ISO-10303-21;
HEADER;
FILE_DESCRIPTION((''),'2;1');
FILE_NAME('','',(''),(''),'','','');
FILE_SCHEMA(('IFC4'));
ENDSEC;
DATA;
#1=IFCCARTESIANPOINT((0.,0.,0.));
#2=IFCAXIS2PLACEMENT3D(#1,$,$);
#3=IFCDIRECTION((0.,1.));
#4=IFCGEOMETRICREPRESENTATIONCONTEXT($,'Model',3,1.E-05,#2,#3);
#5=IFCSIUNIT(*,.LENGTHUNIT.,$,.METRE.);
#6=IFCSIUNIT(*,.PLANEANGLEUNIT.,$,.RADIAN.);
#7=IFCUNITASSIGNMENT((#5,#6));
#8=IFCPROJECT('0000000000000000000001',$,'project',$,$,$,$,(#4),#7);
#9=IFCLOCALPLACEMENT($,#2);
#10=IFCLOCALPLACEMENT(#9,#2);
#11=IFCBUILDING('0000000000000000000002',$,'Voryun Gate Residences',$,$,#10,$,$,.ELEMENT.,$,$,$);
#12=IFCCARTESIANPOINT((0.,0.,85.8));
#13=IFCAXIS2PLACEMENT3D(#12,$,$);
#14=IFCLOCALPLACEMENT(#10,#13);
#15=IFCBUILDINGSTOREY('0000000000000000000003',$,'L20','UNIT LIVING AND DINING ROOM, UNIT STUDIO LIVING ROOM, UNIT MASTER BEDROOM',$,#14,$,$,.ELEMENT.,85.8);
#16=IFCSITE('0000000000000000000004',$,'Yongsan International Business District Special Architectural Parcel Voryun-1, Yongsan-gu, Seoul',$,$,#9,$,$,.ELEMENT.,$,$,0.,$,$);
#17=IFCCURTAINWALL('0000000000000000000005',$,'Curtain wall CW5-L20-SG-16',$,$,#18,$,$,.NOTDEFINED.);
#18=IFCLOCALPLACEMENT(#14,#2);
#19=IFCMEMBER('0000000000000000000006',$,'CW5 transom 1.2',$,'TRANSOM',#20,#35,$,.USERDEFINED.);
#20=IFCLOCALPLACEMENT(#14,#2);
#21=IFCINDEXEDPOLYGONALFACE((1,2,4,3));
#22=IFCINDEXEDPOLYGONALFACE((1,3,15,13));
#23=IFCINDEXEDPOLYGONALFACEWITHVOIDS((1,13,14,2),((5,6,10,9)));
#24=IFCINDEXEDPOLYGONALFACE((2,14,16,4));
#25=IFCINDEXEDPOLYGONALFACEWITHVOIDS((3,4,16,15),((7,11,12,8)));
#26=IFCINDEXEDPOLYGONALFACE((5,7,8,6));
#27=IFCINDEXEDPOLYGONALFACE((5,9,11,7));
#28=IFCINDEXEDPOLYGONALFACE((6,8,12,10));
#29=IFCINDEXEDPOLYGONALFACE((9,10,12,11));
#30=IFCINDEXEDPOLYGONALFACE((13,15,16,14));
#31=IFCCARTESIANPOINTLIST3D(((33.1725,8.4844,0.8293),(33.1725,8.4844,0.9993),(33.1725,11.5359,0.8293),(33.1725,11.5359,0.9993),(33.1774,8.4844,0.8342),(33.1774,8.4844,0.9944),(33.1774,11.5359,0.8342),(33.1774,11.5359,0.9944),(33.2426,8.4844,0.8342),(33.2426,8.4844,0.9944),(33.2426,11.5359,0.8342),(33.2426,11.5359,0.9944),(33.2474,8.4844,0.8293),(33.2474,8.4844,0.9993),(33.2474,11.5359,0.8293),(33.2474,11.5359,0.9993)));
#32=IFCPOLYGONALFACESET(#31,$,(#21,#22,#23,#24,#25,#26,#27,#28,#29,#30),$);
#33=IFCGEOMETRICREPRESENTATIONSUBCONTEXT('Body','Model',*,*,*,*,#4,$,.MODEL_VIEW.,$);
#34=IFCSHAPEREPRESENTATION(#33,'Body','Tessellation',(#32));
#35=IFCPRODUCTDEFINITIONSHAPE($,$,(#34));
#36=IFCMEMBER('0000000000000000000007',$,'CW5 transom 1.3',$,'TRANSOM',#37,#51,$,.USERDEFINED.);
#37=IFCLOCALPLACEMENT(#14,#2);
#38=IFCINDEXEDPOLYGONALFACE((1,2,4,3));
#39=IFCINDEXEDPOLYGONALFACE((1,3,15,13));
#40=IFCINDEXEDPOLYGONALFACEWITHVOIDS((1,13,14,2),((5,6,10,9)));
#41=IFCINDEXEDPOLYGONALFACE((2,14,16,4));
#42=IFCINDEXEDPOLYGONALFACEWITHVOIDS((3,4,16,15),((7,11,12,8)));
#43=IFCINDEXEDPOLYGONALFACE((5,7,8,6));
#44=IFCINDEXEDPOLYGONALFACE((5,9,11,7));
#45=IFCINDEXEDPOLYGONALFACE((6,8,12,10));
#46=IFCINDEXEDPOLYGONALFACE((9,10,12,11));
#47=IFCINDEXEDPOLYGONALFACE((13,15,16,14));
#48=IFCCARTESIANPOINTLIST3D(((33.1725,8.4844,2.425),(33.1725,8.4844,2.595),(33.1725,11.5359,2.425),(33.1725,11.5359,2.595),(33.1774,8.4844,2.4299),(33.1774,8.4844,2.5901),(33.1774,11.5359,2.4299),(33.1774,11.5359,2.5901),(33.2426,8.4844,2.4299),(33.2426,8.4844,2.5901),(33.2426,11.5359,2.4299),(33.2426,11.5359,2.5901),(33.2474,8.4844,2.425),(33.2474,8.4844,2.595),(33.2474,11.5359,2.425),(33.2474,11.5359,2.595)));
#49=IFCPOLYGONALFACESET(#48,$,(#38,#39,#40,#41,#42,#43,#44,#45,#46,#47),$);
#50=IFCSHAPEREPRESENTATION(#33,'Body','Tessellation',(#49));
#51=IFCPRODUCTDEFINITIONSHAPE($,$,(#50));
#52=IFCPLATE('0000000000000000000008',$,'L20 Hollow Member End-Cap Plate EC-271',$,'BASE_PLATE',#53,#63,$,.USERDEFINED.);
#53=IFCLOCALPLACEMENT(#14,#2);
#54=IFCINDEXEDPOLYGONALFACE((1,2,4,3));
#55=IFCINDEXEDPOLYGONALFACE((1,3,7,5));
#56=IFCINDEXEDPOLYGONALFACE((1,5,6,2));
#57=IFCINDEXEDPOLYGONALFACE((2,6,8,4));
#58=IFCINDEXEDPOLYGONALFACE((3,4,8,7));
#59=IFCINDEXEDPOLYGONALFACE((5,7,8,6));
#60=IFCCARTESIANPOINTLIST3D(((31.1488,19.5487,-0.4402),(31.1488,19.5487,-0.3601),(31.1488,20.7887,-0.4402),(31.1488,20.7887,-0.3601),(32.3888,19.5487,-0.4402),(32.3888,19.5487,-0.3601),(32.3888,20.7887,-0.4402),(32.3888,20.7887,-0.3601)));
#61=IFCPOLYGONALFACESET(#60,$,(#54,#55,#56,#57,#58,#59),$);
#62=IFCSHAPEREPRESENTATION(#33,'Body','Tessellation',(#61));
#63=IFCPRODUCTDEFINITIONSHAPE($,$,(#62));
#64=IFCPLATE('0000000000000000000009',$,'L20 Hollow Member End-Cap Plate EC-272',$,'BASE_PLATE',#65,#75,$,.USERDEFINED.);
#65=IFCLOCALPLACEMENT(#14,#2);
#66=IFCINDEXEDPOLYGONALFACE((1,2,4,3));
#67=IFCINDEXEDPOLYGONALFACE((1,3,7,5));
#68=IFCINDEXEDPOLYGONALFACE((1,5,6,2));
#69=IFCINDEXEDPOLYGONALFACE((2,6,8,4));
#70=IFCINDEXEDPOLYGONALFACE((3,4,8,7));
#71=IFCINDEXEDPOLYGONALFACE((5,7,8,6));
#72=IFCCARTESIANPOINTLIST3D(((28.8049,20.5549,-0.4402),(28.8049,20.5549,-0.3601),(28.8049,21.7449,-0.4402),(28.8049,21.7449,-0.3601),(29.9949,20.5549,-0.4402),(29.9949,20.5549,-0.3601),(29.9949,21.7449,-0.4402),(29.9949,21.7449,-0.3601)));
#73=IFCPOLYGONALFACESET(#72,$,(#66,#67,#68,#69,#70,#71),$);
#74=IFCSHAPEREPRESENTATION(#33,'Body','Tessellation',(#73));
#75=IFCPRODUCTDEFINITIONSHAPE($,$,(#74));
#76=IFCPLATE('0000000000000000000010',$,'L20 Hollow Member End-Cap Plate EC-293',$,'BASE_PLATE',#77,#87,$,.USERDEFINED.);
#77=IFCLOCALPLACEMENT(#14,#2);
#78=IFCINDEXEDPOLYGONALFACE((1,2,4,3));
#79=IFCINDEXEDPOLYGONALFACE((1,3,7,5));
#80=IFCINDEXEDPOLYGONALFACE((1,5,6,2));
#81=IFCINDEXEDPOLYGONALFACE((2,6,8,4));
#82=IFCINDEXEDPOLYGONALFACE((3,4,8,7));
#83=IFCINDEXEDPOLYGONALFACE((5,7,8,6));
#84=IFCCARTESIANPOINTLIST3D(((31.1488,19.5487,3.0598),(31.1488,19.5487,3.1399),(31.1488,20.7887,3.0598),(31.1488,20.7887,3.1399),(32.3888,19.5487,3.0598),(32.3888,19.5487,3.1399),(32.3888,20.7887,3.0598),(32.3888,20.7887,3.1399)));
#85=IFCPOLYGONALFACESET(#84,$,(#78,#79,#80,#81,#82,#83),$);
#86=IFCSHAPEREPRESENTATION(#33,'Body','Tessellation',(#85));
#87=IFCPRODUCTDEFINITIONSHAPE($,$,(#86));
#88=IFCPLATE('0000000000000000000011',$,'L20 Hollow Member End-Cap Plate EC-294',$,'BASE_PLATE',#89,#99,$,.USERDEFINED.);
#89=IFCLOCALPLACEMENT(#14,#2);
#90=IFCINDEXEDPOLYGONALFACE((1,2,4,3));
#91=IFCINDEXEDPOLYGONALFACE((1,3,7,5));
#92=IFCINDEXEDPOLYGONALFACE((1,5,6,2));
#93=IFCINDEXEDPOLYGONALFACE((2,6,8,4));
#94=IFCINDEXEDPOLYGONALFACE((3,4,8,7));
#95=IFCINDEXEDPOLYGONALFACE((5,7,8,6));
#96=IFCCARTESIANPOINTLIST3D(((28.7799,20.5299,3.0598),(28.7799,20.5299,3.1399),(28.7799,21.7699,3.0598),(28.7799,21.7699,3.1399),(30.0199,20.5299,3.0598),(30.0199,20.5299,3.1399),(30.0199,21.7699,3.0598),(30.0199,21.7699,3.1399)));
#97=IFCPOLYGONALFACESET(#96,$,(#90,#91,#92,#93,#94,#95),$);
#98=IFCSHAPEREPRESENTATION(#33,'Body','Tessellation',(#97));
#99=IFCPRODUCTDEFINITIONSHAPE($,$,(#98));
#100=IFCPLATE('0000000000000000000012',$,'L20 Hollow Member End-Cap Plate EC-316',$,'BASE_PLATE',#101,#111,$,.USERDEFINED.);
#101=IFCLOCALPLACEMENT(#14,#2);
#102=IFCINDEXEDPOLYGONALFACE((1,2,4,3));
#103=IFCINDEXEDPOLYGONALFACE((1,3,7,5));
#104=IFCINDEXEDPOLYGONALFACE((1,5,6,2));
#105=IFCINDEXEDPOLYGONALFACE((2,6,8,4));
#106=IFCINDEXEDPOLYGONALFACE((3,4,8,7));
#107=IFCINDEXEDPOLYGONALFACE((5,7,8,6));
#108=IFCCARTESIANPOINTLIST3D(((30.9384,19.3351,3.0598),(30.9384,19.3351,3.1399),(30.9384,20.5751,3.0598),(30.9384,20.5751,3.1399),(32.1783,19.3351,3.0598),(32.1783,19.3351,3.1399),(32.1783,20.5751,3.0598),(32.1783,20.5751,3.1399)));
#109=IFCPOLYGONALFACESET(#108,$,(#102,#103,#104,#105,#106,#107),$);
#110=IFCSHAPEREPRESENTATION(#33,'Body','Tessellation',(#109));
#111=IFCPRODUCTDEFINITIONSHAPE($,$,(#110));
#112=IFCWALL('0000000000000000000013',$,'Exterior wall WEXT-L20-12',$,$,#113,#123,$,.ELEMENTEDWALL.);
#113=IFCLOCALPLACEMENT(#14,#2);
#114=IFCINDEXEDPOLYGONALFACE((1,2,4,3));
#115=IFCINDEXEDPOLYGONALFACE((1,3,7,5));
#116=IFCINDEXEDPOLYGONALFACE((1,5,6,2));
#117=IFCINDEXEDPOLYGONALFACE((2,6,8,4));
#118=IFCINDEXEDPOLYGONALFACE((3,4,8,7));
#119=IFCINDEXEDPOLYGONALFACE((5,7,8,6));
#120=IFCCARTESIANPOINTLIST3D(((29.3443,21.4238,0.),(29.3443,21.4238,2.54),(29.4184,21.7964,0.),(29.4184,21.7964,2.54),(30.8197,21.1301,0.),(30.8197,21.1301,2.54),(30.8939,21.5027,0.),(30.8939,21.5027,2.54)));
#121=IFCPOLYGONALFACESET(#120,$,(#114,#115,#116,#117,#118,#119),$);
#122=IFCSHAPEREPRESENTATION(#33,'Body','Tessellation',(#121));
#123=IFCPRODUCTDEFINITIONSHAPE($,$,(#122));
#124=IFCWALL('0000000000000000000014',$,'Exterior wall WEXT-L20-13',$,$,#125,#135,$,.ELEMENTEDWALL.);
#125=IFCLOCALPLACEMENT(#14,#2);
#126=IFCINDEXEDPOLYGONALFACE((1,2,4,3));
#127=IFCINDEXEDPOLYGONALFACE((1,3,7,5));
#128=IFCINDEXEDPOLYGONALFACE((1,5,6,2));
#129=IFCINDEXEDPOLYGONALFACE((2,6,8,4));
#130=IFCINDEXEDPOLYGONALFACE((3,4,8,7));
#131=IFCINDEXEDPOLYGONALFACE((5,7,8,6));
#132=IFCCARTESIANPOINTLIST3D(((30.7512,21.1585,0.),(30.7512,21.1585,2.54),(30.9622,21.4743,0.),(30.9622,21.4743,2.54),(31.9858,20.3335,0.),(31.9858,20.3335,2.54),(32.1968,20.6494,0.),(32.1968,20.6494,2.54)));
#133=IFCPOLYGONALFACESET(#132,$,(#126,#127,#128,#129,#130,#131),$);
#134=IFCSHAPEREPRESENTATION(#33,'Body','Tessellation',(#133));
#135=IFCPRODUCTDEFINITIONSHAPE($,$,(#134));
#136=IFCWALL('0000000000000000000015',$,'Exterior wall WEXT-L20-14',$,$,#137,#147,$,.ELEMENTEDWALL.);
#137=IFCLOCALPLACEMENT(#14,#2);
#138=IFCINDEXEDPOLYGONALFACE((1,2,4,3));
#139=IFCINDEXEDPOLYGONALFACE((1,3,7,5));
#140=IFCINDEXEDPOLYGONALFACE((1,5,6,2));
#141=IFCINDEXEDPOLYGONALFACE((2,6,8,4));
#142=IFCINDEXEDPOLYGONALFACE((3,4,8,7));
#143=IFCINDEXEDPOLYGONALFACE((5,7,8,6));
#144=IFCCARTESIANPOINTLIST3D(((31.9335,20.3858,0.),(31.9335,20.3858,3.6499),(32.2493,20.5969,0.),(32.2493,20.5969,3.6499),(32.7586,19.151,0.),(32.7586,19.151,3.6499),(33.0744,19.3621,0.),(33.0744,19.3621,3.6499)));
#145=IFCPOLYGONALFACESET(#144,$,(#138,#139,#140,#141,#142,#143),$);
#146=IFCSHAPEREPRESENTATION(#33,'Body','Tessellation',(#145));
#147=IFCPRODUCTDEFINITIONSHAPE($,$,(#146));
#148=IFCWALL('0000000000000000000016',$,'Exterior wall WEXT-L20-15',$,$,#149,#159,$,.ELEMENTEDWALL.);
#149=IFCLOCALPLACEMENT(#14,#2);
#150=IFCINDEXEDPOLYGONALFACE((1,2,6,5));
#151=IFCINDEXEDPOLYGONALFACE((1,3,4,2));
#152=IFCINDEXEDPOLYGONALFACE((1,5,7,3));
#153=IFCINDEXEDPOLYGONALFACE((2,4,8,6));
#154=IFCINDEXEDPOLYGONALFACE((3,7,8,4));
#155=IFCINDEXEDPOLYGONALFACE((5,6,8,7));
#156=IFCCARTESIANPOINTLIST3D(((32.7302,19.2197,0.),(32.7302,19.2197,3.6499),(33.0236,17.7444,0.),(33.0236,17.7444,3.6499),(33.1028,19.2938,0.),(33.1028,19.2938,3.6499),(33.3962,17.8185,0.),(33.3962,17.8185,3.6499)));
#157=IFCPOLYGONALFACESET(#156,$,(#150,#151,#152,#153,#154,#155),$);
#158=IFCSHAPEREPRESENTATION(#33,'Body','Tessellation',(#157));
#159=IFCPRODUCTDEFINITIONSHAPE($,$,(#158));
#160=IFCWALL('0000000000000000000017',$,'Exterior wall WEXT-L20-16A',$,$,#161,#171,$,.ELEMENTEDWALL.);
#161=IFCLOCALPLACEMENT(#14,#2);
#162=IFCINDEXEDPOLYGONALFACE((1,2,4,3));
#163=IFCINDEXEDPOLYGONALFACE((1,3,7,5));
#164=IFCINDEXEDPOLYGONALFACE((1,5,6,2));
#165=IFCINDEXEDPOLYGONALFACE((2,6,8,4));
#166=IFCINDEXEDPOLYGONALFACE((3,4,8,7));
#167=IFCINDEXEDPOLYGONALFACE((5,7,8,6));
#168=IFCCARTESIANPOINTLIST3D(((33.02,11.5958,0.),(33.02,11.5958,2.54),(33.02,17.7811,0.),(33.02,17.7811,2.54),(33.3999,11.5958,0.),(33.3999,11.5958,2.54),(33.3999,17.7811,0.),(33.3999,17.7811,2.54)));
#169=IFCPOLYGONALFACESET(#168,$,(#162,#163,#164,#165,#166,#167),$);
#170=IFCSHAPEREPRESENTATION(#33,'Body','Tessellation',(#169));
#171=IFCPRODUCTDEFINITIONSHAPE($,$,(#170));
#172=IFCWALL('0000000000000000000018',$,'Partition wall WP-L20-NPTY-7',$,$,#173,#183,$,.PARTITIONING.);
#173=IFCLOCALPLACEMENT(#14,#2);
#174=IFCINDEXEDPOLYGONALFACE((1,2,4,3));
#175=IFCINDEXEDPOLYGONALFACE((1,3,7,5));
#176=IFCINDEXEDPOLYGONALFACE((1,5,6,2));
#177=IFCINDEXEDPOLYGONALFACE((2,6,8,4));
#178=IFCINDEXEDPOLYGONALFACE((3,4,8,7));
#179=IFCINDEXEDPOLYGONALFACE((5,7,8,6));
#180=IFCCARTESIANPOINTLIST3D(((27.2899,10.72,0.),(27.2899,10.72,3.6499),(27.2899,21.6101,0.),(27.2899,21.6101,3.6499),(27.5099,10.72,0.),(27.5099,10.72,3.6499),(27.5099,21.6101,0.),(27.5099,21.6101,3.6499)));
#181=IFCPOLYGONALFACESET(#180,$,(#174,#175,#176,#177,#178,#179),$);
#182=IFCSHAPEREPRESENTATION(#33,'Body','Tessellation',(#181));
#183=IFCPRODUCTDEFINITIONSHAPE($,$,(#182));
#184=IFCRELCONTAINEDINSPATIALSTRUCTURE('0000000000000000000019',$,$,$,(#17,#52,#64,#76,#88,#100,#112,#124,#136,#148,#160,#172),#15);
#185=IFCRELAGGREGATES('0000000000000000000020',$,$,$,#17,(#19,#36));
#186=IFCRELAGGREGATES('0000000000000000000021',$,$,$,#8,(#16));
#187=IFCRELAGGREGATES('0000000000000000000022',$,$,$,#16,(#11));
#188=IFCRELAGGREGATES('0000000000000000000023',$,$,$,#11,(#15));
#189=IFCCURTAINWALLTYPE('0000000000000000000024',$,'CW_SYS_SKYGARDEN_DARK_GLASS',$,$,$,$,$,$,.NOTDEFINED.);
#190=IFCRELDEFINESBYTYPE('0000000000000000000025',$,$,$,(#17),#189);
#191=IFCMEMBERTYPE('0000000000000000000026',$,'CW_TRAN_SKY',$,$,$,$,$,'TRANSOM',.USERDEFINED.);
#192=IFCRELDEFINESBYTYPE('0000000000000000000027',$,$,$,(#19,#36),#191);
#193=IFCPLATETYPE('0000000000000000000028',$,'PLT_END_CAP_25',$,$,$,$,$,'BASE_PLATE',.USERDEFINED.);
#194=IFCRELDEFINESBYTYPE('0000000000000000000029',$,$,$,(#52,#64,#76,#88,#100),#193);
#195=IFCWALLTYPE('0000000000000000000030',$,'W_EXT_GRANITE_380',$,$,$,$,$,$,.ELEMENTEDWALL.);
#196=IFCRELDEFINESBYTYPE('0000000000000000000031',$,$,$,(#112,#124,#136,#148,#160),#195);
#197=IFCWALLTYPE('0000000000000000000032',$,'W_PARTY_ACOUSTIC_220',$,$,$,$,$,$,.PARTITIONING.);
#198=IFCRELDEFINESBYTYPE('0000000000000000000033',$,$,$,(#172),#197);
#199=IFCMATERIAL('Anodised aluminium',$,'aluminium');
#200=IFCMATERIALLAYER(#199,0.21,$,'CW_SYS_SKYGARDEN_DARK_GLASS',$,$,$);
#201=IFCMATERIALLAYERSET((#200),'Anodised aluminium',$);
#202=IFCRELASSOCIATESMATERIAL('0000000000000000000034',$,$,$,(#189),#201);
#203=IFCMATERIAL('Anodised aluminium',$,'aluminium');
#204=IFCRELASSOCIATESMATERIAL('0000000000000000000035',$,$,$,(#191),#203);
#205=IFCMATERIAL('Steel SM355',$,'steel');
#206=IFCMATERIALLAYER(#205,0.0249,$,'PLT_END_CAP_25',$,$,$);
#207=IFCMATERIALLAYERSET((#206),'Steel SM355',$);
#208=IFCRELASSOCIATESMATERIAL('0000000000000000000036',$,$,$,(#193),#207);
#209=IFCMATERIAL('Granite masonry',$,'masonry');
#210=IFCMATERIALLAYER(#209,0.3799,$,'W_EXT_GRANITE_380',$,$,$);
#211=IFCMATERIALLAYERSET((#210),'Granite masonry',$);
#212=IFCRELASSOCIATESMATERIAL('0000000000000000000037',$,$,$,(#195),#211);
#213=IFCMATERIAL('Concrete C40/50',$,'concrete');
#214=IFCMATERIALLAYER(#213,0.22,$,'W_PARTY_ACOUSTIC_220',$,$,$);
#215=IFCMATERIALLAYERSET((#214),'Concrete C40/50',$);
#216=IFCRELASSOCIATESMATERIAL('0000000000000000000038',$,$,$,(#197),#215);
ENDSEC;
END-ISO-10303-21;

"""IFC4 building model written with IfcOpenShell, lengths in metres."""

from ifc_helpers import new_model, si_unit, direction, frame, frame_2d, origin, origin_2d, place, context, subcontext, project, spatial, rectangle, hollow_rectangle, extrude, material, layer, layer_set, material_profile, profile_set, type_object, element, aggregate, save


model = new_model("IFC4")

# Units and contexts
model_context = context("Model", 3, precision=1e-05, world=origin(), true_north=direction((0.0, 1.0)))
body_context = subcontext(model_context, "Body", "Model", "MODEL_VIEW")
ifc_project = project(units=[si_unit("LENGTHUNIT", "METRE"), si_unit("PLANEANGLEUNIT", "RADIAN")], contexts=[model_context])

# Site, building, storey
site_placement = place(None, origin())
site = spatial("IfcSite", under=ifc_project, at=site_placement, Name="Yongsan International Business District Special Architectural Parcel Voryun-1, Yongsan-gu, Seoul", CompositionType="ELEMENT", RefElevation=0.0)
building_placement = place(site_placement, origin())
building = spatial("IfcBuilding", under=site, at=building_placement, Name="Voryun Gate Residences", CompositionType="ELEMENT")
storey_placement = place(building_placement, frame((0.0, 0.0, 85.8)))
storey = spatial("IfcBuildingStorey", under=building, at=storey_placement, Name="L20", Description="UNIT LIVING AND DINING ROOM, UNIT STUDIO LIVING ROOM, UNIT MASTER BEDROOM", CompositionType="ELEMENT", Elevation=85.8)

# Curtain wall, members
ifc_material_1 = material(Name="Anodised aluminium", Category="aluminium")
ifc_layer_1 = layer(ifc_material_1, 0.21, Name="CW_SYS_SKYGARDEN_DARK_GLASS")
ifc_layer_set_1 = layer_set([ifc_layer_1], Name="Anodised aluminium")
curtain_wall_type = type_object("IfcCurtainWallType", Name="CW_SYS_SKYGARDEN_DARK_GLASS", PredefinedType="NOTDEFINED", material=ifc_layer_set_1)
curtain_wall_placement = place(storey_placement, origin())
curtain_wall = element("IfcCurtainWall", 1, at=curtain_wall_placement, inside=storey, type_object=curtain_wall_type, Name="Curtain wall CW5-L20-SG-16", PredefinedType="NOTDEFINED")
ifc_material_2 = material(Name="Anodised aluminium", Category="aluminium")
ifc_material_profile_1 = material_profile(ifc_material_2, hollow_rectangle(XDim=0.075, YDim=0.1699, WallThickness=0.0049, at=origin_2d()), Name="ALU-TRAN-170x75x5")
ifc_profile_set_1 = profile_set([ifc_material_profile_1], Name="Anodised aluminium")
member_type_1 = type_object("IfcMemberType", Name="CW_TRAN_SKY", ElementType="TRANSOM", PredefinedType="USERDEFINED", material=ifc_profile_set_1)
member_1_placement = place(storey_placement, frame((33.21, 11.5359, 0.9143), z_axis=(0.0, -1.0, 0.0), x_axis=(1.0, 0.0, 0.0)))
member_1 = element("IfcMember", 2, at=member_1_placement, type_object=member_type_1, Name="CW5 transom 1.2", ObjectType="TRANSOM", PredefinedType="USERDEFINED", context=body_context, shape_type="SweptSolid", body=[
    extrude(hollow_rectangle(XDim=0.075, YDim=0.1699, WallThickness=0.0049, at=origin_2d()), origin(), (0.0, 0.0, 1.0), 3.0515),
])
member_2_placement = place(storey_placement, frame((33.21, 11.5359, 2.51), z_axis=(0.0, -1.0, 0.0), x_axis=(1.0, 0.0, 0.0)))
member_2 = element("IfcMember", 3, at=member_2_placement, type_object=member_type_1, Name="CW5 transom 1.3", ObjectType="TRANSOM", PredefinedType="USERDEFINED", context=body_context, shape_type="SweptSolid", body=[
    extrude(hollow_rectangle(XDim=0.075, YDim=0.1699, WallThickness=0.0049, at=origin_2d()), origin(), (0.0, 0.0, 1.0), 3.0515),
])
aggregate(curtain_wall, [member_1, member_2])

# Plates
ifc_material_3 = material(Name="Steel SM355", Category="steel")
ifc_layer_2 = layer(ifc_material_3, 0.0249, Name="PLT_END_CAP_25")
ifc_layer_set_2 = layer_set([ifc_layer_2], Name="Steel SM355")
plate_type = type_object("IfcPlateType", Name="PLT_END_CAP_25", ElementType="BASE_PLATE", PredefinedType="USERDEFINED", material=ifc_layer_set_2)
plate_1_placement = place(storey_placement, frame((31.7688, 20.1687, -0.4402), z_axis=(0.0, 0.0, 1.0), x_axis=(1.0, 0.0, 0.0)))
element("IfcPlate", 4, at=plate_1_placement, inside=storey, type_object=plate_type, Name="L20 Hollow Member End-Cap Plate EC-271", ObjectType="BASE_PLATE", PredefinedType="USERDEFINED", context=body_context, shape_type="SweptSolid", body=[
    extrude(rectangle(XDim=1.24, YDim=1.24, at=origin_2d()), origin(), (0.0, 0.0, 1.0), 0.0801),
])
plate_2_placement = place(storey_placement, frame((29.3999, 21.1499, -0.4402), z_axis=(0.0, 0.0, 1.0), x_axis=(1.0, 0.0, 0.0)))
element("IfcPlate", 5, at=plate_2_placement, inside=storey, type_object=plate_type, Name="L20 Hollow Member End-Cap Plate EC-272", ObjectType="BASE_PLATE", PredefinedType="USERDEFINED", context=body_context, shape_type="SweptSolid", body=[
    extrude(rectangle(XDim=1.1899, YDim=1.1899, at=origin_2d()), origin(), (0.0, 0.0, 1.0), 0.0801),
])
for number, where, z_axis, x_axis, name in (
    (6, (31.7688, 20.1687, 3.0598), (0.0, 0.0, 1.0), (1.0, 0.0, 0.0), "L20 Hollow Member End-Cap Plate EC-293"),
    (7, (29.3999, 21.1499, 3.0598), (0.0, 0.0, 1.0), (1.0, 0.0, 0.0), "L20 Hollow Member End-Cap Plate EC-294"),
    (8, (31.5583, 19.9551, 3.0598), (0.0, 0.0, 1.0), (1.0, 0.0, 0.0), "L20 Hollow Member End-Cap Plate EC-316"),
):
    element("IfcPlate", number, at=place(storey_placement, frame(where, z_axis=z_axis, x_axis=x_axis)), inside=storey, type_object=plate_type, Name=name, ObjectType="BASE_PLATE", PredefinedType="USERDEFINED", context=body_context, shape_type="SweptSolid", body=[
        extrude(rectangle(XDim=1.24, YDim=1.24, at=origin_2d()), origin(), (0.0, 0.0, 1.0), 0.0801),
    ])

# Walls
ifc_material_4 = material(Name="Granite masonry", Category="masonry")
ifc_layer_3 = layer(ifc_material_4, 0.3799, Name="W_EXT_GRANITE_380")
ifc_layer_set_3 = layer_set([ifc_layer_3], Name="Granite masonry")
wall_type_1 = type_object("IfcWallType", Name="W_EXT_GRANITE_380", PredefinedType="ELEMENTEDWALL", material=ifc_layer_set_3)
wall_1_placement = place(storey_placement, frame((29.3813, 21.6101, 0.0), z_axis=(0.0, 0.0, 1.0), x_axis=(0.980755, -0.195242, 0.0)))
element("IfcWall", 9, at=wall_1_placement, inside=storey, type_object=wall_type_1, Name="Exterior wall WEXT-L20-12", PredefinedType="ELEMENTEDWALL", context=body_context, shape_type="SweptSolid", body=[
    extrude(rectangle(XDim=1.5044, YDim=0.3799, at=frame_2d((0.7522, 0.0))), origin(), (0.0, 0.0, 1.0), 2.54),
])
wall_2_placement = place(storey_placement, frame((30.8567, 21.3164, 0.0), z_axis=(0.0, 0.0, 1.0), x_axis=(0.831468, -0.555573, 0.0)))
element("IfcWall", 10, at=wall_2_placement, inside=storey, type_object=wall_type_1, Name="Exterior wall WEXT-L20-13", PredefinedType="ELEMENTEDWALL", context=body_context, shape_type="SweptSolid", body=[
    extrude(rectangle(XDim=1.4849, YDim=0.3799, at=frame_2d((0.7424, 0.0))), origin(), (0.0, 0.0, 1.0), 2.54),
])
wall_3_placement = place(storey_placement, frame((32.0913, 20.4915, 0.0), z_axis=(0.0, 0.0, 1.0), x_axis=(0.55561, -0.831443, 0.0)))
element("IfcWall", 11, at=wall_3_placement, inside=storey, type_object=wall_type_1, Name="Exterior wall WEXT-L20-14", PredefinedType="ELEMENTEDWALL", context=body_context, shape_type="SweptSolid", body=[
    extrude(rectangle(XDim=1.4851, YDim=0.3799, at=frame_2d((0.7427, 0.0))), origin(), (0.0, 0.0, 1.0), 3.6499),
])
wall_4_placement = place(storey_placement, frame((32.9165, 19.2566, 0.0), z_axis=(0.0, 0.0, 1.0), x_axis=(0.195086, -0.980786, 0.0)))
element("IfcWall", 12, at=wall_4_placement, inside=storey, type_object=wall_type_1, Name="Exterior wall WEXT-L20-15", PredefinedType="ELEMENTEDWALL", context=body_context, shape_type="SweptSolid", body=[
    extrude(rectangle(XDim=1.5042, YDim=0.3799, at=frame_2d((0.752, 0.0))), origin(), (0.0, 0.0, 1.0), 3.6499),
])
wall_5_placement = place(storey_placement, frame((33.21, 17.7812, 0.0), z_axis=(0.0, 0.0, 1.0), x_axis=(0.0, -1.0, 0.0)))
element("IfcWall", 13, at=wall_5_placement, inside=storey, type_object=wall_type_1, Name="Exterior wall WEXT-L20-16A", PredefinedType="ELEMENTEDWALL", context=body_context, shape_type="SweptSolid", body=[
    extrude(rectangle(XDim=6.1853, YDim=0.3799, at=frame_2d((3.0928, 0.0))), origin(), (0.0, 0.0, 1.0), 2.54),
])
ifc_material_5 = material(Name="Concrete C40/50", Category="concrete")
ifc_layer_4 = layer(ifc_material_5, 0.22, Name="W_PARTY_ACOUSTIC_220")
ifc_layer_set_4 = layer_set([ifc_layer_4], Name="Concrete C40/50")
wall_type_2 = type_object("IfcWallType", Name="W_PARTY_ACOUSTIC_220", PredefinedType="PARTITIONING", material=ifc_layer_set_4)
wall_6_placement = place(storey_placement, frame((27.3999, 10.72, 0.0), z_axis=(0.0, 0.0, 1.0), x_axis=(0.0, 1.0, 0.0)))
element("IfcWall", 14, at=wall_6_placement, inside=storey, type_object=wall_type_2, Name="Partition wall WP-L20-NPTY-7", PredefinedType="PARTITIONING", context=body_context, shape_type="SweptSolid", body=[
    extrude(rectangle(XDim=10.8901, YDim=0.22, at=frame_2d((5.4451, 0.0))), origin(), (0.0, 0.0, 1.0), 3.6499),
])

save(model, "model.ifc")
